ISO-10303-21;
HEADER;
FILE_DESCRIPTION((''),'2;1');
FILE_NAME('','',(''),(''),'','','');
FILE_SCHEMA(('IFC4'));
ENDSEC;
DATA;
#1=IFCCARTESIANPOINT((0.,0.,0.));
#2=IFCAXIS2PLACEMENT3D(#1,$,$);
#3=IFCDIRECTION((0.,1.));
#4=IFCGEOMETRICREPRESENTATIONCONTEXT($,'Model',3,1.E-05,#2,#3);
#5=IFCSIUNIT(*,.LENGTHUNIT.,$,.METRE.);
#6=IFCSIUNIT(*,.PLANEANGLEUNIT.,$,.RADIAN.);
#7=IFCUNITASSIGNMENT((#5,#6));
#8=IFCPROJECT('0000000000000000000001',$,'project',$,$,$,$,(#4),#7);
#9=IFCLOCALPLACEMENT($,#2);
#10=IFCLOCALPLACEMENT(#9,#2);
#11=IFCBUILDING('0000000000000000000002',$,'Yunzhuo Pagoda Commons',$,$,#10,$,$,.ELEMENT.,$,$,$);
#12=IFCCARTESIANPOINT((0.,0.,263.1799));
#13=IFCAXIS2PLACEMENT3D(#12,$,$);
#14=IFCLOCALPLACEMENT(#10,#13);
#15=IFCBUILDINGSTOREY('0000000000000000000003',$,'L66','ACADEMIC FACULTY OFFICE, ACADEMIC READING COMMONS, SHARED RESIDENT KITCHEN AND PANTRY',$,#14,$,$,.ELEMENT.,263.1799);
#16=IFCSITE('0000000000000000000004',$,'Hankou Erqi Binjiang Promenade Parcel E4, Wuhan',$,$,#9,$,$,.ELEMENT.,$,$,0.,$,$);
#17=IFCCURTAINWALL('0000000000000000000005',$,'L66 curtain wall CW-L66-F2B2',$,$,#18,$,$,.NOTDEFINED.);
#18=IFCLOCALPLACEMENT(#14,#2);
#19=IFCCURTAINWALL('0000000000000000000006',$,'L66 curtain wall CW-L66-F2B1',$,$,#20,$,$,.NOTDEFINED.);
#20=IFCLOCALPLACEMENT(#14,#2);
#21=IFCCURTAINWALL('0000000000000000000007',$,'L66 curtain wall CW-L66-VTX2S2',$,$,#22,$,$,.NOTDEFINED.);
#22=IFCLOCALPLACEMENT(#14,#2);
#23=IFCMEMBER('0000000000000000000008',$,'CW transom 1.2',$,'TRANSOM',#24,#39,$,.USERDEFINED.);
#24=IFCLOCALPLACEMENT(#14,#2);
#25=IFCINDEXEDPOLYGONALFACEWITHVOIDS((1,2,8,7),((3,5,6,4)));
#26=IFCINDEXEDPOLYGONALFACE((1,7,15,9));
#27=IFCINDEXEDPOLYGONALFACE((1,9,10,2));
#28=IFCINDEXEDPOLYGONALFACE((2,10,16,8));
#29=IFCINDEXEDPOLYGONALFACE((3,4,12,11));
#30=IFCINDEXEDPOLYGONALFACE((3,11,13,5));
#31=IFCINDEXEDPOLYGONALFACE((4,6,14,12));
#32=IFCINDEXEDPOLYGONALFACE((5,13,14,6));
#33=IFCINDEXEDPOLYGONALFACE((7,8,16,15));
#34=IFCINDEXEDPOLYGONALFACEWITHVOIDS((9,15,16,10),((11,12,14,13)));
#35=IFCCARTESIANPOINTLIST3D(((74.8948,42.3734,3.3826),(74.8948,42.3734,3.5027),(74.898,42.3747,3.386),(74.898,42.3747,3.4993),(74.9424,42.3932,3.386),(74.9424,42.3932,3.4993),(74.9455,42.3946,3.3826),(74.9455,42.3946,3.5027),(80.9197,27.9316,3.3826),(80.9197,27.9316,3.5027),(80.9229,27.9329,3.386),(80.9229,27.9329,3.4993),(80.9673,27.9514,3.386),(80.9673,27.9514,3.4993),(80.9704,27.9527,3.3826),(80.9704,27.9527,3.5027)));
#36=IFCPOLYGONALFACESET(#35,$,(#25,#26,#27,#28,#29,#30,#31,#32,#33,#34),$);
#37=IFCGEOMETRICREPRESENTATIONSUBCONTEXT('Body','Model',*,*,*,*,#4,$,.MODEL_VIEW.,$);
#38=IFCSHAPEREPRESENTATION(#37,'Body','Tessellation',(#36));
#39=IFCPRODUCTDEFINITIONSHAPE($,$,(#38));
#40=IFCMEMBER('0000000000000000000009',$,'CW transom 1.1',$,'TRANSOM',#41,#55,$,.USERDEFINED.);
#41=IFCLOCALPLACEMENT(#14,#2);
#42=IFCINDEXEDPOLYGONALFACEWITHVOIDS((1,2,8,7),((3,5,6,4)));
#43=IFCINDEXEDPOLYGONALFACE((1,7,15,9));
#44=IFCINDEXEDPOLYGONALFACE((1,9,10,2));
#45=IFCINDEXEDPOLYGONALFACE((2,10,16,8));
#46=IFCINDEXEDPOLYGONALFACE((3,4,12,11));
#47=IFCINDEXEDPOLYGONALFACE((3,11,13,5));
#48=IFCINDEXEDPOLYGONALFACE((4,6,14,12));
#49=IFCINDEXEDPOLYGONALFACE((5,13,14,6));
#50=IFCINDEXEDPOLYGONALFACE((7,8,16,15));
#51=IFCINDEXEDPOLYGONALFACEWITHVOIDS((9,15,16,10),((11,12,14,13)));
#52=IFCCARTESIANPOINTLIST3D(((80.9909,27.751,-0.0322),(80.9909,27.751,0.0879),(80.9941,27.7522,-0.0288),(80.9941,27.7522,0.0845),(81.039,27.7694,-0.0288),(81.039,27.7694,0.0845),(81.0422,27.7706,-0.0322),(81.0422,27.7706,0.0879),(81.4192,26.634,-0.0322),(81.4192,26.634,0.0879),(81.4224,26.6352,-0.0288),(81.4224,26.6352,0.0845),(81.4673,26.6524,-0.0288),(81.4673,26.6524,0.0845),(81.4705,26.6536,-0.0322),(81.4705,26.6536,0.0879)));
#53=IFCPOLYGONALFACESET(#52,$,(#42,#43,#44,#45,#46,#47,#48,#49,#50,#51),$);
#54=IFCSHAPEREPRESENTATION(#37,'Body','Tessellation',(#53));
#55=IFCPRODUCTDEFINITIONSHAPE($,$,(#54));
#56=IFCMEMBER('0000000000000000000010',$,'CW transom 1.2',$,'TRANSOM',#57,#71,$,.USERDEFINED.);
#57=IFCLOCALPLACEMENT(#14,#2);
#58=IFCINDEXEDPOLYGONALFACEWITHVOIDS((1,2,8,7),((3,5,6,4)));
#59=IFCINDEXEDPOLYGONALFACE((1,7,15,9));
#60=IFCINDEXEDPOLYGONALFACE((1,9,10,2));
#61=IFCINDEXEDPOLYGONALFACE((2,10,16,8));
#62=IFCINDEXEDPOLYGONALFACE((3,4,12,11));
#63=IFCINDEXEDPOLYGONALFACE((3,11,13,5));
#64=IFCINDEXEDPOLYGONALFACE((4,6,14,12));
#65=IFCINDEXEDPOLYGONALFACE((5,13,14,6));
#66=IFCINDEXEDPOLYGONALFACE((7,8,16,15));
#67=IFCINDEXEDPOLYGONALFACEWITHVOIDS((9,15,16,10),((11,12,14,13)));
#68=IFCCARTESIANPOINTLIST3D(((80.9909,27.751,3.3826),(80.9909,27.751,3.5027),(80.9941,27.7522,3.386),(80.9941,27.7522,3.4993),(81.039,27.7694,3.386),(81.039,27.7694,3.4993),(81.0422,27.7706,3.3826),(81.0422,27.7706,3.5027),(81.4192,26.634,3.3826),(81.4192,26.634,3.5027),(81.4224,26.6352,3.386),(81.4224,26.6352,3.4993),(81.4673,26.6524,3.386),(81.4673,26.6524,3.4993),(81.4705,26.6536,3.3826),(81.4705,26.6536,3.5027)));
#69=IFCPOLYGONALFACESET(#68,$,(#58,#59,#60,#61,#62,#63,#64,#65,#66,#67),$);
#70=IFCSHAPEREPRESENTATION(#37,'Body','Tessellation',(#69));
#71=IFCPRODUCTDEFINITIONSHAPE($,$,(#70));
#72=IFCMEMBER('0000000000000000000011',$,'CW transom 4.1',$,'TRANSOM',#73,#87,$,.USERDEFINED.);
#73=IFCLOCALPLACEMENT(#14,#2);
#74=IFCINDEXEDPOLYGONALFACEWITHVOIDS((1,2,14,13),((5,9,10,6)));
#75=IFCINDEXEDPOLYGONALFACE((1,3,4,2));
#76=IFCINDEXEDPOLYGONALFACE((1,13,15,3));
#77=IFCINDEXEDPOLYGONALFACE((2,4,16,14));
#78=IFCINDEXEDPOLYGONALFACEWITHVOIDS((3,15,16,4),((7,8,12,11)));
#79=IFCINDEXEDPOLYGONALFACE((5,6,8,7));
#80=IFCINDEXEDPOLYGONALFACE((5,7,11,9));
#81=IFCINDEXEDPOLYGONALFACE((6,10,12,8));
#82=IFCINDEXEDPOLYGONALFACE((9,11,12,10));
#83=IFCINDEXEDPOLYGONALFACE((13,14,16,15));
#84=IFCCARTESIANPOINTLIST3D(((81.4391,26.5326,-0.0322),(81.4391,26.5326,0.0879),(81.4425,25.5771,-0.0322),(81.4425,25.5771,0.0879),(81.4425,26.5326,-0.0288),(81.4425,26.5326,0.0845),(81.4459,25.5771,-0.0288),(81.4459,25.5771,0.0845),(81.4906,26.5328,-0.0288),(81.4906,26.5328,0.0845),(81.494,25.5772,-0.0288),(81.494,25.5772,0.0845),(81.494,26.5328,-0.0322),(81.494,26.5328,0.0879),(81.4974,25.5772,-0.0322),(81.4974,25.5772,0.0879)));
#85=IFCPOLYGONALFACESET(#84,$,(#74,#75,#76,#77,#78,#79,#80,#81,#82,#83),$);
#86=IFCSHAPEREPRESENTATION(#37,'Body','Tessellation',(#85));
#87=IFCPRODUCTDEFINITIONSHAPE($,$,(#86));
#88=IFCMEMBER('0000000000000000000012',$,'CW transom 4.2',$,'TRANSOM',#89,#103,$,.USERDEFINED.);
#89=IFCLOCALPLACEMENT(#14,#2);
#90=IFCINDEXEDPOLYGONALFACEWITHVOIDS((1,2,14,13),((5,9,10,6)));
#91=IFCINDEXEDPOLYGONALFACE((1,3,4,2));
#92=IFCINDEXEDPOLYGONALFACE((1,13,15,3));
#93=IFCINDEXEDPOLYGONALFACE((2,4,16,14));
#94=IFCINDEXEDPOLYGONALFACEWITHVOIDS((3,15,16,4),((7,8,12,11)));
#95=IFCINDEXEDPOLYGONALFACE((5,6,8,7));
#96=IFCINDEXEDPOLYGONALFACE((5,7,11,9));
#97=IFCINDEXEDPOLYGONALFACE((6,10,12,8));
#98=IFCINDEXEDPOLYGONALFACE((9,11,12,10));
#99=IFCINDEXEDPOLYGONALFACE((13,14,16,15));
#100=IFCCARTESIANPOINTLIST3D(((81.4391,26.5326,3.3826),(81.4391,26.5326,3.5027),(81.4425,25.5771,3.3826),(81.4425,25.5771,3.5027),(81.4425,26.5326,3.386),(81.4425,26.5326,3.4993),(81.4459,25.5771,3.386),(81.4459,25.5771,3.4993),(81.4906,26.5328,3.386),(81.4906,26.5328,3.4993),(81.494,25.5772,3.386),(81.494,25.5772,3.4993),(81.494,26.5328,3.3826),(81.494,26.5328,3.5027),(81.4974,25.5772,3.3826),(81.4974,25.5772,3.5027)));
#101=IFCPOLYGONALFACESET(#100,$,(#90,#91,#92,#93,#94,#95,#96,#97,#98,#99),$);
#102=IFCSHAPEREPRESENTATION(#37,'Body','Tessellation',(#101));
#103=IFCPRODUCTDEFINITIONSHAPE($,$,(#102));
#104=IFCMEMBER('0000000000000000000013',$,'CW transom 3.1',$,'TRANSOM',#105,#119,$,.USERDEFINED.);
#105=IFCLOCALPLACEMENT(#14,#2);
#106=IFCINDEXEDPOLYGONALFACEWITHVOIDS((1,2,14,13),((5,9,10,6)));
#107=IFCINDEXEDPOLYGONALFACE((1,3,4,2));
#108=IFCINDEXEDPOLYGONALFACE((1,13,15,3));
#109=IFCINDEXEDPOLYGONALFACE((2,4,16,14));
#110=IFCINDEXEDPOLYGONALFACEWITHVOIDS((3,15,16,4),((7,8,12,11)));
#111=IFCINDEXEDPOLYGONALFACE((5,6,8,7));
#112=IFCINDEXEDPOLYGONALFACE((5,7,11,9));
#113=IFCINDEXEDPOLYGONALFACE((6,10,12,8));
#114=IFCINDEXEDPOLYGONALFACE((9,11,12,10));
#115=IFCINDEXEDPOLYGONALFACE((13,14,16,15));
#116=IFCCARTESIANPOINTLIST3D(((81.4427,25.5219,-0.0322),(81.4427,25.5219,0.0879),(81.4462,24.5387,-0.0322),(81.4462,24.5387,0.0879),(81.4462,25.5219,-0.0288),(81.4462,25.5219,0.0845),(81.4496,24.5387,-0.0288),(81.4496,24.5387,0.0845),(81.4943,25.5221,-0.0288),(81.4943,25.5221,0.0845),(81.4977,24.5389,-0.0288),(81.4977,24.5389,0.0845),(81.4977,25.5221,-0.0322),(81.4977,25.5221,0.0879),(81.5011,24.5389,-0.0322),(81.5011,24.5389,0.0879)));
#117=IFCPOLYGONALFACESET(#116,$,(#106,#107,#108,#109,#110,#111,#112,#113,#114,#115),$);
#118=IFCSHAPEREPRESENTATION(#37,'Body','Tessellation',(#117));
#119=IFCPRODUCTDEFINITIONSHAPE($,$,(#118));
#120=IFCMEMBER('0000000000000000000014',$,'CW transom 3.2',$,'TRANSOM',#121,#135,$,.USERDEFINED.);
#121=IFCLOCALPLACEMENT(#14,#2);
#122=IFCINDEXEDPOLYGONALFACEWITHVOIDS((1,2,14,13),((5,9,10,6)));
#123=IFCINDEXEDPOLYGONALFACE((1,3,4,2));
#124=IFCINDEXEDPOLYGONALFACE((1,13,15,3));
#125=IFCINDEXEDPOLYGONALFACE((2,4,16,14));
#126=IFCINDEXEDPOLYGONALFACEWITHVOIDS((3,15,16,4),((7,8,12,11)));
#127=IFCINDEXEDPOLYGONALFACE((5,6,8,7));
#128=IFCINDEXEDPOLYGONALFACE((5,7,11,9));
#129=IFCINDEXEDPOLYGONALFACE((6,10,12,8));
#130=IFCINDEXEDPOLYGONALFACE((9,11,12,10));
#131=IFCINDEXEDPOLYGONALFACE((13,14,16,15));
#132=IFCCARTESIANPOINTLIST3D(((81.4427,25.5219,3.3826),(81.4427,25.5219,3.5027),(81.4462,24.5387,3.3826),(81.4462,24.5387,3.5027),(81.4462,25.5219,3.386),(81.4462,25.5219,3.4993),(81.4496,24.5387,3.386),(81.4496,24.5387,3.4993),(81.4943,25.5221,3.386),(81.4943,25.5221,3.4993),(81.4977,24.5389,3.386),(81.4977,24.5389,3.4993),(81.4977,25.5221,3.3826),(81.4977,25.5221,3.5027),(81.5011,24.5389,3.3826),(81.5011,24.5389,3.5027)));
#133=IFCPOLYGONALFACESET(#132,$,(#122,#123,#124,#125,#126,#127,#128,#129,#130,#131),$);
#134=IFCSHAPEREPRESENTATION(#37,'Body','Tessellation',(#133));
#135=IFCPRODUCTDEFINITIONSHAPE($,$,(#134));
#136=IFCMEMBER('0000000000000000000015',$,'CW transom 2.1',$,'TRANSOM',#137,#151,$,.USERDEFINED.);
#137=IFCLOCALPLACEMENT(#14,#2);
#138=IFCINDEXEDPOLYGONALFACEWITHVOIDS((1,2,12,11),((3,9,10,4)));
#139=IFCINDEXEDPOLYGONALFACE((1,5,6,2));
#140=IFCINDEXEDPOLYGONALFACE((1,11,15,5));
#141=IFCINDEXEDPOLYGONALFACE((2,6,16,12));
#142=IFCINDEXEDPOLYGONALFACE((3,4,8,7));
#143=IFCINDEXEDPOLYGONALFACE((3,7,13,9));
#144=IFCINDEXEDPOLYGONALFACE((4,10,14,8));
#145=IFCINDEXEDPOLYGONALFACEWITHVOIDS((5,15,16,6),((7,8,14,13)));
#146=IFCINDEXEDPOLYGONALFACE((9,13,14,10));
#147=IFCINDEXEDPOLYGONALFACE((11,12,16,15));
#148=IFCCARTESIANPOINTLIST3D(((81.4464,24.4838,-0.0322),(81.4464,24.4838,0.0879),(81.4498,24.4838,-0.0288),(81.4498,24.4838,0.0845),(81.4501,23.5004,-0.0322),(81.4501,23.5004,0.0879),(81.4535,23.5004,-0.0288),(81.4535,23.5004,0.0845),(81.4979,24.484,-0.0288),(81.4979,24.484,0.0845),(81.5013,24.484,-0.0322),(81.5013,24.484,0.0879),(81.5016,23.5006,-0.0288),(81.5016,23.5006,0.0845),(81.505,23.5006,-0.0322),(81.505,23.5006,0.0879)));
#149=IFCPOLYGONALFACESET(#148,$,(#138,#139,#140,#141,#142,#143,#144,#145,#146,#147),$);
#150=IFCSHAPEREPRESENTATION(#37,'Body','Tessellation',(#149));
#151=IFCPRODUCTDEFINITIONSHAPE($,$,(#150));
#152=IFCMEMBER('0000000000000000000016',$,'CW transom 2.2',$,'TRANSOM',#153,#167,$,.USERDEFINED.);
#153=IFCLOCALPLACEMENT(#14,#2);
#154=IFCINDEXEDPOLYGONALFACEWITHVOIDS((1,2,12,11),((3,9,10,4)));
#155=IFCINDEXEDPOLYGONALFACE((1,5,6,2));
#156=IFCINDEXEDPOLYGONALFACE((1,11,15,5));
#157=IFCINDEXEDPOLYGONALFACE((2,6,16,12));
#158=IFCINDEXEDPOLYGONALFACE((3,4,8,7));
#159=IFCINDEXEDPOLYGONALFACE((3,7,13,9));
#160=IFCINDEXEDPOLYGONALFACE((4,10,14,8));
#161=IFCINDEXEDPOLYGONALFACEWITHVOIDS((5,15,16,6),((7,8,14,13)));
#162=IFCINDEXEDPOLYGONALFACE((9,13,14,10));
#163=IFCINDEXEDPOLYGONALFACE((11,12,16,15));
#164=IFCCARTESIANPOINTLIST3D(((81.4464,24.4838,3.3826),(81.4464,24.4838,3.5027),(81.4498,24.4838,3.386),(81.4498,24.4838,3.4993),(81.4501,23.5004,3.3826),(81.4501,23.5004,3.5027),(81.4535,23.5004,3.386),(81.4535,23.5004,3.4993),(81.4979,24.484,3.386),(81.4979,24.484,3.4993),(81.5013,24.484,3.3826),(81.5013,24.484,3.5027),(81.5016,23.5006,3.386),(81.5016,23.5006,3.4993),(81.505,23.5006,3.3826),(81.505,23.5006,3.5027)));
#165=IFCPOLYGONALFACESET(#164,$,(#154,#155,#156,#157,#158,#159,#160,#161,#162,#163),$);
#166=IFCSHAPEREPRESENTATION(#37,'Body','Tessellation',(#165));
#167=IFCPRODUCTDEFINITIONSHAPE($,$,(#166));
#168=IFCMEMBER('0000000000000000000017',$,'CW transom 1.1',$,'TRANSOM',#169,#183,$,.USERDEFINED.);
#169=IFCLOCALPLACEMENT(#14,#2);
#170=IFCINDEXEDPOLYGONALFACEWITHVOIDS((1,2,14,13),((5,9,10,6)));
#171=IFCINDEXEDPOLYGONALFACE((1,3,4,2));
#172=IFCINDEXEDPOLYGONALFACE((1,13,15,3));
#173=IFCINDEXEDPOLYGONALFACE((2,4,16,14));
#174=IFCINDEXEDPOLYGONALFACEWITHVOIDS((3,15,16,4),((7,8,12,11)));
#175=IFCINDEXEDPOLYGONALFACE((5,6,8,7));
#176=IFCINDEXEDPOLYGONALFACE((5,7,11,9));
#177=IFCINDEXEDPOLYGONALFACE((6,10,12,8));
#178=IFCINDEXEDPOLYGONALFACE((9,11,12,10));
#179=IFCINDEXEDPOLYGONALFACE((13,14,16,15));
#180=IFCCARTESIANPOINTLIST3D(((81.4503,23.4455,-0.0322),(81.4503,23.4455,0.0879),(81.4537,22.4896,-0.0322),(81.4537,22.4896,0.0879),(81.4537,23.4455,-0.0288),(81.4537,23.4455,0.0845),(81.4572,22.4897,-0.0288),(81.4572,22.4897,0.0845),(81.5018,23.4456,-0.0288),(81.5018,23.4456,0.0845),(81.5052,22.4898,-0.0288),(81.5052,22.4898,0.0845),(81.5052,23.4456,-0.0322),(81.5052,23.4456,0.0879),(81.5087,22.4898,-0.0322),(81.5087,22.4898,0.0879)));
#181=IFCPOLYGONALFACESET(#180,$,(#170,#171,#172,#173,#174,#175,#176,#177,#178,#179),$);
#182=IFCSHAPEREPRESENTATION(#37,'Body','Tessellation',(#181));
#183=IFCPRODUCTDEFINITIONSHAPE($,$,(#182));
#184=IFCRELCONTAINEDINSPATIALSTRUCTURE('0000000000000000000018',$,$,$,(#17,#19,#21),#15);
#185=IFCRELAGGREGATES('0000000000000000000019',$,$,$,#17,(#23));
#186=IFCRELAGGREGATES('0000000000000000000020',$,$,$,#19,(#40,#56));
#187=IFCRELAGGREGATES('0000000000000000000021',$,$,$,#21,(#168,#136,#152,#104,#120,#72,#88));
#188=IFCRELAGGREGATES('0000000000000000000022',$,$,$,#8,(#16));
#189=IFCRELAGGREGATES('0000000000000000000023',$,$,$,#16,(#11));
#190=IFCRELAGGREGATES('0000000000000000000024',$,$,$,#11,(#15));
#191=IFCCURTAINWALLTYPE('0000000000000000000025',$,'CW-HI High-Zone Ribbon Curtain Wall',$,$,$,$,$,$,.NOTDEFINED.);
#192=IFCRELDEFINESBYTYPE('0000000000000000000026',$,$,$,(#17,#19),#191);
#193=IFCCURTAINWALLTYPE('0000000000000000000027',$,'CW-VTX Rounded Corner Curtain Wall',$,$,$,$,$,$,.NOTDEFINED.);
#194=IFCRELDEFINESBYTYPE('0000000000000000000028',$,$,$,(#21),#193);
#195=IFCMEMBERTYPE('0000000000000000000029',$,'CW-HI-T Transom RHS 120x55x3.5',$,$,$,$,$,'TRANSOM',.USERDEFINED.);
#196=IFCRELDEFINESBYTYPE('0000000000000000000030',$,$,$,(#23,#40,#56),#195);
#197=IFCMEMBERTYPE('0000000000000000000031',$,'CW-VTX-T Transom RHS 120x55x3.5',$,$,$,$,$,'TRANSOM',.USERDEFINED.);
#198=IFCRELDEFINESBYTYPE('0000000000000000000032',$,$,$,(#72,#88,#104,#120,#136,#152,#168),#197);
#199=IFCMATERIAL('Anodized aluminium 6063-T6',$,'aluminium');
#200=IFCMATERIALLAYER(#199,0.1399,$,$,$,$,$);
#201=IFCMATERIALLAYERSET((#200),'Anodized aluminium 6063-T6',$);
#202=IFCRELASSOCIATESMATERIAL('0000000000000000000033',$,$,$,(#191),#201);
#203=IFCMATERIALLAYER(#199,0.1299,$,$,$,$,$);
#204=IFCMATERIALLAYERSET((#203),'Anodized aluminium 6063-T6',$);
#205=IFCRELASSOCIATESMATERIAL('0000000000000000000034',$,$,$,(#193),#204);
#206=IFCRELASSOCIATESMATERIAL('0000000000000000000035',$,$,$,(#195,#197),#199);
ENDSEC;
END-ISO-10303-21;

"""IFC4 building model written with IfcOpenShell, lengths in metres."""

from ifc_helpers import new_model, si_unit, direction, frame, origin, origin_2d, place, context, subcontext, project, spatial, hollow_rectangle, extrude, source, transform, mapped, material, layer, layer_set, material_profile, profile_set, type_object, element, aggregate, save


model = new_model("IFC4")

# Units and contexts
model_context = context("Model", 3, precision=1e-05, world=origin(), true_north=direction((0.0, 1.0)))
body_context = subcontext(model_context, "Body", "Model", "MODEL_VIEW")
ifc_project = project(units=[si_unit("LENGTHUNIT", "METRE"), si_unit("PLANEANGLEUNIT", "RADIAN")], contexts=[model_context])

# Site, building, storey
site_placement = place(None, origin())
site = spatial("IfcSite", under=ifc_project, at=site_placement, Name="Hankou Erqi Binjiang Promenade Parcel E4, Wuhan", CompositionType="ELEMENT", RefElevation=0.0)
building_placement = place(site_placement, origin())
building = spatial("IfcBuilding", under=site, at=building_placement, Name="Yunzhuo Pagoda Commons", CompositionType="ELEMENT")
storey_placement = place(building_placement, frame((0.0, 0.0, 263.1799)))
storey = spatial("IfcBuildingStorey", under=building, at=storey_placement, Name="L66", Description="ACADEMIC FACULTY OFFICE, ACADEMIC READING COMMONS, SHARED RESIDENT KITCHEN AND PANTRY", CompositionType="ELEMENT", Elevation=263.1799)

# Curtain wall
ifc_material_1 = material(Name="Anodized aluminium 6063-T6", Category="aluminium")
ifc_layer_1 = layer(ifc_material_1, 0.1399)
ifc_layer_set_1 = layer_set([ifc_layer_1], Name="Anodized aluminium 6063-T6")
curtain_wall_type_1 = type_object("IfcCurtainWallType", Name="CW-HI High-Zone Ribbon Curtain Wall", PredefinedType="NOTDEFINED", material=ifc_layer_set_1)
curtain_wall_1_placement = place(storey_placement, origin())
curtain_wall_1 = element("IfcCurtainWall", 1, at=curtain_wall_1_placement, inside=storey, type_object=curtain_wall_type_1, Name="L66 curtain wall CW-L66-F2B2", PredefinedType="NOTDEFINED")

# Curtain walls
curtain_wall_2_placement = place(storey_placement, origin())
curtain_wall_2 = element("IfcCurtainWall", 2, at=curtain_wall_2_placement, inside=storey, type_object=curtain_wall_type_1, Name="L66 curtain wall CW-L66-F2B1", PredefinedType="NOTDEFINED")
ifc_layer_2 = layer(ifc_material_1, 0.1299)
ifc_layer_set_2 = layer_set([ifc_layer_2], Name="Anodized aluminium 6063-T6")
curtain_wall_type_2 = type_object("IfcCurtainWallType", Name="CW-VTX Rounded Corner Curtain Wall", PredefinedType="NOTDEFINED", material=ifc_layer_set_2)
curtain_wall_3_placement = place(storey_placement, origin())
curtain_wall_3 = element("IfcCurtainWall", 3, at=curtain_wall_3_placement, inside=storey, type_object=curtain_wall_type_2, Name="L66 curtain wall CW-L66-VTX2S2", PredefinedType="NOTDEFINED")

# Members
ifc_material_profile_1 = material_profile(ifc_material_1, hollow_rectangle(XDim=0.0549, YDim=0.1201, WallThickness=0.0034, at=origin_2d()), Name="Anodized aluminium 6063-T6")
ifc_profile_set_1 = profile_set([ifc_material_profile_1], Name="Anodized aluminium 6063-T6")
member_type_1 = type_object("IfcMemberType", Name="CW-HI-T Transom RHS 120x55x3.5", ElementType="TRANSOM", PredefinedType="USERDEFINED", material=ifc_profile_set_1)
shared_shape_1 = source(origin(), body_context, "Body", "SweptSolid", [
    extrude(hollow_rectangle(XDim=0.0549, YDim=0.1201, WallThickness=0.0034, at=origin_2d()), origin(), (0.0, 0.0, 1.0), 15.6482),
])
member_1_placement = place(storey_placement, frame((80.9451, 27.9421, 3.4426), z_axis=(-0.385021, 0.922908, 0.0), x_axis=(-0.922908, -0.385021, 0.0)))
member_1 = element("IfcMember", 4, at=member_1_placement, type_object=member_type_1, Name="CW transom 1.2", ObjectType="TRANSOM", PredefinedType="USERDEFINED", context=body_context, shape_type="MappedRepresentation", body=[
    mapped(shared_shape_1, transform((0.0, 0.0, 0.0), scale=1.0)),
])
aggregate(curtain_wall_1, [member_1])
shared_shape_2 = source(origin(), body_context, "Body", "SweptSolid", [
    extrude(hollow_rectangle(XDim=0.0549, YDim=0.1201, WallThickness=0.0034, at=origin_2d()), origin(), (0.0, 0.0, 1.0), 1.1963),
])
member_2_placement = place(storey_placement, frame((81.4448, 26.6438, 0.0278), z_axis=(-0.35798, 0.933729, 0.0), x_axis=(-0.933729, -0.35798, 0.0)))
member_2 = element("IfcMember", 5, at=member_2_placement, type_object=member_type_1, Name="CW transom 1.1", ObjectType="TRANSOM", PredefinedType="USERDEFINED", context=body_context, shape_type="MappedRepresentation", body=[
    mapped(shared_shape_2, transform((0.0, 0.0, 0.0), scale=1.0)),
])
member_3_placement = place(storey_placement, frame((81.4448, 26.6438, 3.4426), z_axis=(-0.35798, 0.933729, 0.0), x_axis=(-0.933729, -0.35798, 0.0)))
member_3 = element("IfcMember", 6, at=member_3_placement, type_object=member_type_1, Name="CW transom 1.2", ObjectType="TRANSOM", PredefinedType="USERDEFINED", context=body_context, shape_type="MappedRepresentation", body=[
    mapped(shared_shape_2, transform((0.0, 0.0, 0.0), scale=1.0)),
])
ifc_material_profile_2 = material_profile(ifc_material_1, hollow_rectangle(XDim=0.0549, YDim=0.1201, WallThickness=0.0034, at=origin_2d()), Name="Anodized aluminium 6063-T6")
ifc_profile_set_2 = profile_set([ifc_material_profile_2], Name="Anodized aluminium 6063-T6")
member_type_2 = type_object("IfcMemberType", Name="CW-VTX-T Transom RHS 120x55x3.5", ElementType="TRANSOM", PredefinedType="USERDEFINED", material=ifc_profile_set_2)
shared_shape_3 = source(origin(), body_context, "Body", "SweptSolid", [
    extrude(hollow_rectangle(XDim=0.0549, YDim=0.1201, WallThickness=0.0034, at=origin_2d()), origin(), (0.0, 0.0, 1.0), 0.9556),
])
member_4_placement = place(storey_placement, frame((81.47, 25.5771, 0.0278), z_axis=(-0.003577, 0.999994, 0.0), x_axis=(-0.999994, -0.003577, 0.0)))
member_4 = element("IfcMember", 7, at=member_4_placement, type_object=member_type_2, Name="CW transom 4.1", ObjectType="TRANSOM", PredefinedType="USERDEFINED", context=body_context, shape_type="MappedRepresentation", body=[
    mapped(shared_shape_3, transform((0.0, 0.0, 0.0), scale=1.0)),
])
member_5_placement = place(storey_placement, frame((81.47, 25.5771, 3.4426), z_axis=(-0.003577, 0.999994, 0.0), x_axis=(-0.999994, -0.003577, 0.0)))
member_5 = element("IfcMember", 8, at=member_5_placement, type_object=member_type_2, Name="CW transom 4.2", ObjectType="TRANSOM", PredefinedType="USERDEFINED", context=body_context, shape_type="MappedRepresentation", body=[
    mapped(shared_shape_3, transform((0.0, 0.0, 0.0), scale=1.0)),
])
shared_shape_4 = source(origin(), body_context, "Body", "SweptSolid", [
    extrude(hollow_rectangle(XDim=0.0549, YDim=0.1201, WallThickness=0.0034, at=origin_2d()), origin(), (0.0, 0.0, 1.0), 0.9832),
])
member_6_placement = place(storey_placement, frame((81.4736, 24.5388, 0.0278), z_axis=(-0.003477, 0.999994, 0.0), x_axis=(-0.999994, -0.003477, 0.0)))
member_6 = element("IfcMember", 9, at=member_6_placement, type_object=member_type_2, Name="CW transom 3.1", ObjectType="TRANSOM", PredefinedType="USERDEFINED", context=body_context, shape_type="MappedRepresentation", body=[
    mapped(shared_shape_4, transform((0.0, 0.0, 0.0), scale=1.0)),
])
member_7_placement = place(storey_placement, frame((81.4736, 24.5388, 3.4426), z_axis=(-0.003477, 0.999994, 0.0), x_axis=(-0.999994, -0.003477, 0.0)))
member_7 = element("IfcMember", 10, at=member_7_placement, type_object=member_type_2, Name="CW transom 3.2", ObjectType="TRANSOM", PredefinedType="USERDEFINED", context=body_context, shape_type="MappedRepresentation", body=[
    mapped(shared_shape_4, transform((0.0, 0.0, 0.0), scale=1.0)),
])
shared_shape_5 = source(origin(), body_context, "Body", "SweptSolid", [
    extrude(hollow_rectangle(XDim=0.0549, YDim=0.1201, WallThickness=0.0034, at=origin_2d()), origin(), (0.0, 0.0, 1.0), 0.9834),
])
member_8_placement = place(storey_placement, frame((81.4775, 23.5005, 0.0278), z_axis=(-0.003724, 0.999993, 0.0), x_axis=(-0.999993, -0.003724, 0.0)))
member_8 = element("IfcMember", 11, at=member_8_placement, type_object=member_type_2, Name="CW transom 2.1", ObjectType="TRANSOM", PredefinedType="USERDEFINED", context=body_context, shape_type="MappedRepresentation", body=[
    mapped(shared_shape_5, transform((0.0, 0.0, 0.0), scale=1.0)),
])
member_9_placement = place(storey_placement, frame((81.4775, 23.5005, 3.4426), z_axis=(-0.003724, 0.999993, 0.0), x_axis=(-0.999993, -0.003724, 0.0)))
member_9 = element("IfcMember", 12, at=member_9_placement, type_object=member_type_2, Name="CW transom 2.2", ObjectType="TRANSOM", PredefinedType="USERDEFINED", context=body_context, shape_type="MappedRepresentation", body=[
    mapped(shared_shape_5, transform((0.0, 0.0, 0.0), scale=1.0)),
])
shared_shape_6 = source(origin(), body_context, "Body", "SweptSolid", [
    extrude(hollow_rectangle(XDim=0.0549, YDim=0.1201, WallThickness=0.0034, at=origin_2d()), origin(), (0.0, 0.0, 1.0), 0.9558),
])
member_10_placement = place(storey_placement, frame((81.4812, 22.4897, 0.0278), z_axis=(-0.003576, 0.999994, 0.0), x_axis=(-0.999994, -0.003576, 0.0)))
member_10 = element("IfcMember", 13, at=member_10_placement, type_object=member_type_2, Name="CW transom 1.1", ObjectType="TRANSOM", PredefinedType="USERDEFINED", context=body_context, shape_type="MappedRepresentation", body=[
    mapped(shared_shape_6, transform((0.0, 0.0, 0.0), scale=1.0)),
])

aggregate(curtain_wall_2, [member_2, member_3])

aggregate(curtain_wall_3, [member_10, member_8, member_9, member_6, member_7, member_4, member_5])

save(model, "model.ifc")
